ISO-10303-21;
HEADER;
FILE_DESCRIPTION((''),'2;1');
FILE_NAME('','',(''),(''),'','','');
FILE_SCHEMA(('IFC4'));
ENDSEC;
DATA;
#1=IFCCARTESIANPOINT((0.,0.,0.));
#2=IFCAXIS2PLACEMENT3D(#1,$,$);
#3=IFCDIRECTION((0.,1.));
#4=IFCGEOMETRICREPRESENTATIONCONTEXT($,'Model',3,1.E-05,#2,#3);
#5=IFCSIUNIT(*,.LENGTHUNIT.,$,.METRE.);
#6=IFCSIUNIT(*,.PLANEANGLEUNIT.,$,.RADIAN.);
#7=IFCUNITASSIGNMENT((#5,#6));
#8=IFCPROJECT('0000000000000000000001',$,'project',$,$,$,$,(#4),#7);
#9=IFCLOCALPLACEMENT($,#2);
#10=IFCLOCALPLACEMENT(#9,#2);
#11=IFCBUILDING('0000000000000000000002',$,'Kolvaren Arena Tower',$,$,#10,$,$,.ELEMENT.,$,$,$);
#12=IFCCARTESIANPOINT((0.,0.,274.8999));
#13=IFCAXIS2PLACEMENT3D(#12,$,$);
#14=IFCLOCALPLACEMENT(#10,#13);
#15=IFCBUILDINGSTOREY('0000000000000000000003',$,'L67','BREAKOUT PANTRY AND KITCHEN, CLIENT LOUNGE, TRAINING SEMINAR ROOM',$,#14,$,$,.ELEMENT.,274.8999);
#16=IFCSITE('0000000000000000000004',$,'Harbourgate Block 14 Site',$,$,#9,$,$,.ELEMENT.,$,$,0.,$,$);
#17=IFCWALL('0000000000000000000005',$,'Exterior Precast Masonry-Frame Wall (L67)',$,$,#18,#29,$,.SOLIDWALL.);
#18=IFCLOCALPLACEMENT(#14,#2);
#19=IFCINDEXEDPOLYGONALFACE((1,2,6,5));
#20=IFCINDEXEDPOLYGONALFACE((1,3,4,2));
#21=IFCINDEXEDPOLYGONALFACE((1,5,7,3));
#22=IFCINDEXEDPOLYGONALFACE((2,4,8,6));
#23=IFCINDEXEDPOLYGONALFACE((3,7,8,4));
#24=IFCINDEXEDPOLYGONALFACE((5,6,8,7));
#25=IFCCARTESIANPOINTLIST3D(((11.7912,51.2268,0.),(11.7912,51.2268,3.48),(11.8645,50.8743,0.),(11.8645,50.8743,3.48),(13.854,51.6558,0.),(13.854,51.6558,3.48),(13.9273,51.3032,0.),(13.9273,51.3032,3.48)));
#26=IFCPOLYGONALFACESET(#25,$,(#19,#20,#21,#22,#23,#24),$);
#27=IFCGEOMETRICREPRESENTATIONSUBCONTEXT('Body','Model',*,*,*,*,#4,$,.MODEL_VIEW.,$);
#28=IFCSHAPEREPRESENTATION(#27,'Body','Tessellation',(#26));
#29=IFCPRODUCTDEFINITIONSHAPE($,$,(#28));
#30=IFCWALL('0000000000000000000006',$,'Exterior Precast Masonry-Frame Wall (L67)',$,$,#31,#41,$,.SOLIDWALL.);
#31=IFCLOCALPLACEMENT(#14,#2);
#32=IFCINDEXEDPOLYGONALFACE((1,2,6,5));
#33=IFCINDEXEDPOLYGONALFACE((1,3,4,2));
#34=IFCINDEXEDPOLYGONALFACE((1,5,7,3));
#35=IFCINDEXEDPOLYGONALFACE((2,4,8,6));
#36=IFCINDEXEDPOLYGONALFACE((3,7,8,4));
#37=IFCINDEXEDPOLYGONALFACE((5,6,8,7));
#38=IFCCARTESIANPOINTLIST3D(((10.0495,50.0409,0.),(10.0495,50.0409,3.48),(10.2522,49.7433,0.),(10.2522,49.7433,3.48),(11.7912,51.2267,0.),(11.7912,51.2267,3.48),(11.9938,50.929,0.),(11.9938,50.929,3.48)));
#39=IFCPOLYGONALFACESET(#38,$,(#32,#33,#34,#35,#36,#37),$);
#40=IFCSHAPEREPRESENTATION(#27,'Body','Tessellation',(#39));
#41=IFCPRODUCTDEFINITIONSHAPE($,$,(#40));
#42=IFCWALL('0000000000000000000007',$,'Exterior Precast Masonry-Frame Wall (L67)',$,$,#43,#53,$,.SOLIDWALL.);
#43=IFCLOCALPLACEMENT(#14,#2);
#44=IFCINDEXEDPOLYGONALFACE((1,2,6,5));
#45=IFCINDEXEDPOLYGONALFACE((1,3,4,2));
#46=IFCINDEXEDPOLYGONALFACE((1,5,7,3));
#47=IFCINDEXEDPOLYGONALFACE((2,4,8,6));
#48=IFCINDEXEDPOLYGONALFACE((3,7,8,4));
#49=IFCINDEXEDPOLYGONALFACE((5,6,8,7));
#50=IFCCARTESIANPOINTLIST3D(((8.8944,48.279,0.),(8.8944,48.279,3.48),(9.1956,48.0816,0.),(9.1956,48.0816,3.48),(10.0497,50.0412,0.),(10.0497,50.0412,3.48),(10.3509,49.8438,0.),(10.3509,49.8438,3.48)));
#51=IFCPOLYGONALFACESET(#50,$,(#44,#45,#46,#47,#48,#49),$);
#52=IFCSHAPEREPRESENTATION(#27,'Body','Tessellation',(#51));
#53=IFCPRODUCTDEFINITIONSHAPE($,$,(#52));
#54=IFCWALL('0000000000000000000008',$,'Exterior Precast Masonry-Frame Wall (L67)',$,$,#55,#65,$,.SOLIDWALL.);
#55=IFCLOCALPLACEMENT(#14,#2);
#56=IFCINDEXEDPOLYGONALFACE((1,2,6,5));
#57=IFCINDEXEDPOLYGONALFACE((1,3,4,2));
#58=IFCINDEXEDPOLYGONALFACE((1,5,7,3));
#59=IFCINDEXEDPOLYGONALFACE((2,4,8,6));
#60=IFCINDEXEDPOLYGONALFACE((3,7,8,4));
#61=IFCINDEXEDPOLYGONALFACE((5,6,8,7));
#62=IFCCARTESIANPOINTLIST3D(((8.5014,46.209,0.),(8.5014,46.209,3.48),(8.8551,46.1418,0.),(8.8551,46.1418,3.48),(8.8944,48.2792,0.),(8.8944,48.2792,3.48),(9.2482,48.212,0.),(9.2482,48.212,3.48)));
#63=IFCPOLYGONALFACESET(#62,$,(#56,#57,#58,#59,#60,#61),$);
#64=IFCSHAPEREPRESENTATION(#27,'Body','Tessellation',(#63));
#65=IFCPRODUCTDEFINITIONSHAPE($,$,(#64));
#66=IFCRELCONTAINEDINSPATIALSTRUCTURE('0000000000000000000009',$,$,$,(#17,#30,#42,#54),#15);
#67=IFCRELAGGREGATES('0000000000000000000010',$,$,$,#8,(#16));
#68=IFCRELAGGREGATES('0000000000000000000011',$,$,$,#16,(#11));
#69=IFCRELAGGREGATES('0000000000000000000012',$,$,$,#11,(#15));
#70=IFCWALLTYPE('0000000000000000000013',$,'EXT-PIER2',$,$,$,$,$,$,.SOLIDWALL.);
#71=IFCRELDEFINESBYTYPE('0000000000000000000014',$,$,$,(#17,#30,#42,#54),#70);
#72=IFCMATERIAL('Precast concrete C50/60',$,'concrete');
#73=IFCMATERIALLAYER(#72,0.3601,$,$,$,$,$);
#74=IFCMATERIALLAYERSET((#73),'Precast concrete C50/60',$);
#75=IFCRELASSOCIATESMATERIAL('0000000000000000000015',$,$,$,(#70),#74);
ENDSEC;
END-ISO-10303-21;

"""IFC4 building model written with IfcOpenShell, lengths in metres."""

from ifc_helpers import new_model, si_unit, direction, frame, frame_2d, origin, place, context, subcontext, project, spatial, rectangle, extrude, material, layer, layer_set, type_object, element, save


model = new_model("IFC4")

# Units and contexts
model_context = context("Model", 3, precision=1e-05, world=origin(), true_north=direction((0.0, 1.0)))
body_context = subcontext(model_context, "Body", "Model", "MODEL_VIEW")
ifc_project = project(units=[si_unit("LENGTHUNIT", "METRE"), si_unit("PLANEANGLEUNIT", "RADIAN")], contexts=[model_context])

# Site, building, storey
site_placement = place(None, origin())
site = spatial("IfcSite", under=ifc_project, at=site_placement, Name="Harbourgate Block 14 Site", CompositionType="ELEMENT", RefElevation=0.0)
building_placement = place(site_placement, origin())
building = spatial("IfcBuilding", under=site, at=building_placement, Name="Kolvaren Arena Tower", CompositionType="ELEMENT")
storey_placement = place(building_placement, frame((0.0, 0.0, 274.8999)))
storey = spatial("IfcBuildingStorey", under=building, at=storey_placement, Name="L67", Description="BREAKOUT PANTRY AND KITCHEN, CLIENT LOUNGE, TRAINING SEMINAR ROOM", CompositionType="ELEMENT", Elevation=274.8999)

# Shared definitions
ifc_material_1 = material(Name="Precast concrete C50/60", Category="concrete")

# Shared definitions
ifc_layer = layer(ifc_material_1, 0.3601)
ifc_layer_set = layer_set([ifc_layer], Name="Precast concrete C50/60")
wall_type = type_object("IfcWallType", Name="EXT-PIER2", PredefinedType="SOLIDWALL", material=ifc_layer_set)

# Walls
for number, where, z_axis, x_axis, name in (
    (1, (11.8279, 51.0505, 0.0), (0.0, 0.0, 1.0), (0.979055, 0.203598, 0.0), "Exterior Precast Masonry-Frame Wall (L67)"),
    (2, (10.1509, 49.8921, 0.0), (0.0, 0.0, 1.0), (0.82661, 0.562776, 0.0), "Exterior Precast Masonry-Frame Wall (L67)"),
):
    element("IfcWall", number, at=place(storey_placement, frame(where, z_axis=z_axis, x_axis=x_axis)), inside=storey, type_object=wall_type, Name=name, PredefinedType="SOLIDWALL", context=body_context, shape_type="SweptSolid", body=[
        extrude(rectangle(XDim=2.1069, YDim=0.3601, at=frame_2d((1.0535, 0.0))), origin(), (0.0, 0.0, 1.0), 3.48),
    ])
for number, where, z_axis, x_axis, name in (
    (3, (9.0449, 48.1802, 0.0), (0.0, 0.0, 1.0), (0.548267, 0.836304, 0.0), "Exterior Precast Masonry-Frame Wall (L67)"),
    (4, (8.6782, 46.1753, 0.0), (0.0, 0.0, 1.0), (0.186548, 0.982446, 0.0), "Exterior Precast Masonry-Frame Wall (L67)"),
):
    element("IfcWall", number, at=place(storey_placement, frame(where, z_axis=z_axis, x_axis=x_axis)), inside=storey, type_object=wall_type, Name=name, PredefinedType="SOLIDWALL", context=body_context, shape_type="SweptSolid", body=[
        extrude(rectangle(XDim=2.1072, YDim=0.3601, at=frame_2d((1.0537, 0.0))), origin(), (0.0, 0.0, 1.0), 3.48),
    ])

save(model, "model.ifc")
